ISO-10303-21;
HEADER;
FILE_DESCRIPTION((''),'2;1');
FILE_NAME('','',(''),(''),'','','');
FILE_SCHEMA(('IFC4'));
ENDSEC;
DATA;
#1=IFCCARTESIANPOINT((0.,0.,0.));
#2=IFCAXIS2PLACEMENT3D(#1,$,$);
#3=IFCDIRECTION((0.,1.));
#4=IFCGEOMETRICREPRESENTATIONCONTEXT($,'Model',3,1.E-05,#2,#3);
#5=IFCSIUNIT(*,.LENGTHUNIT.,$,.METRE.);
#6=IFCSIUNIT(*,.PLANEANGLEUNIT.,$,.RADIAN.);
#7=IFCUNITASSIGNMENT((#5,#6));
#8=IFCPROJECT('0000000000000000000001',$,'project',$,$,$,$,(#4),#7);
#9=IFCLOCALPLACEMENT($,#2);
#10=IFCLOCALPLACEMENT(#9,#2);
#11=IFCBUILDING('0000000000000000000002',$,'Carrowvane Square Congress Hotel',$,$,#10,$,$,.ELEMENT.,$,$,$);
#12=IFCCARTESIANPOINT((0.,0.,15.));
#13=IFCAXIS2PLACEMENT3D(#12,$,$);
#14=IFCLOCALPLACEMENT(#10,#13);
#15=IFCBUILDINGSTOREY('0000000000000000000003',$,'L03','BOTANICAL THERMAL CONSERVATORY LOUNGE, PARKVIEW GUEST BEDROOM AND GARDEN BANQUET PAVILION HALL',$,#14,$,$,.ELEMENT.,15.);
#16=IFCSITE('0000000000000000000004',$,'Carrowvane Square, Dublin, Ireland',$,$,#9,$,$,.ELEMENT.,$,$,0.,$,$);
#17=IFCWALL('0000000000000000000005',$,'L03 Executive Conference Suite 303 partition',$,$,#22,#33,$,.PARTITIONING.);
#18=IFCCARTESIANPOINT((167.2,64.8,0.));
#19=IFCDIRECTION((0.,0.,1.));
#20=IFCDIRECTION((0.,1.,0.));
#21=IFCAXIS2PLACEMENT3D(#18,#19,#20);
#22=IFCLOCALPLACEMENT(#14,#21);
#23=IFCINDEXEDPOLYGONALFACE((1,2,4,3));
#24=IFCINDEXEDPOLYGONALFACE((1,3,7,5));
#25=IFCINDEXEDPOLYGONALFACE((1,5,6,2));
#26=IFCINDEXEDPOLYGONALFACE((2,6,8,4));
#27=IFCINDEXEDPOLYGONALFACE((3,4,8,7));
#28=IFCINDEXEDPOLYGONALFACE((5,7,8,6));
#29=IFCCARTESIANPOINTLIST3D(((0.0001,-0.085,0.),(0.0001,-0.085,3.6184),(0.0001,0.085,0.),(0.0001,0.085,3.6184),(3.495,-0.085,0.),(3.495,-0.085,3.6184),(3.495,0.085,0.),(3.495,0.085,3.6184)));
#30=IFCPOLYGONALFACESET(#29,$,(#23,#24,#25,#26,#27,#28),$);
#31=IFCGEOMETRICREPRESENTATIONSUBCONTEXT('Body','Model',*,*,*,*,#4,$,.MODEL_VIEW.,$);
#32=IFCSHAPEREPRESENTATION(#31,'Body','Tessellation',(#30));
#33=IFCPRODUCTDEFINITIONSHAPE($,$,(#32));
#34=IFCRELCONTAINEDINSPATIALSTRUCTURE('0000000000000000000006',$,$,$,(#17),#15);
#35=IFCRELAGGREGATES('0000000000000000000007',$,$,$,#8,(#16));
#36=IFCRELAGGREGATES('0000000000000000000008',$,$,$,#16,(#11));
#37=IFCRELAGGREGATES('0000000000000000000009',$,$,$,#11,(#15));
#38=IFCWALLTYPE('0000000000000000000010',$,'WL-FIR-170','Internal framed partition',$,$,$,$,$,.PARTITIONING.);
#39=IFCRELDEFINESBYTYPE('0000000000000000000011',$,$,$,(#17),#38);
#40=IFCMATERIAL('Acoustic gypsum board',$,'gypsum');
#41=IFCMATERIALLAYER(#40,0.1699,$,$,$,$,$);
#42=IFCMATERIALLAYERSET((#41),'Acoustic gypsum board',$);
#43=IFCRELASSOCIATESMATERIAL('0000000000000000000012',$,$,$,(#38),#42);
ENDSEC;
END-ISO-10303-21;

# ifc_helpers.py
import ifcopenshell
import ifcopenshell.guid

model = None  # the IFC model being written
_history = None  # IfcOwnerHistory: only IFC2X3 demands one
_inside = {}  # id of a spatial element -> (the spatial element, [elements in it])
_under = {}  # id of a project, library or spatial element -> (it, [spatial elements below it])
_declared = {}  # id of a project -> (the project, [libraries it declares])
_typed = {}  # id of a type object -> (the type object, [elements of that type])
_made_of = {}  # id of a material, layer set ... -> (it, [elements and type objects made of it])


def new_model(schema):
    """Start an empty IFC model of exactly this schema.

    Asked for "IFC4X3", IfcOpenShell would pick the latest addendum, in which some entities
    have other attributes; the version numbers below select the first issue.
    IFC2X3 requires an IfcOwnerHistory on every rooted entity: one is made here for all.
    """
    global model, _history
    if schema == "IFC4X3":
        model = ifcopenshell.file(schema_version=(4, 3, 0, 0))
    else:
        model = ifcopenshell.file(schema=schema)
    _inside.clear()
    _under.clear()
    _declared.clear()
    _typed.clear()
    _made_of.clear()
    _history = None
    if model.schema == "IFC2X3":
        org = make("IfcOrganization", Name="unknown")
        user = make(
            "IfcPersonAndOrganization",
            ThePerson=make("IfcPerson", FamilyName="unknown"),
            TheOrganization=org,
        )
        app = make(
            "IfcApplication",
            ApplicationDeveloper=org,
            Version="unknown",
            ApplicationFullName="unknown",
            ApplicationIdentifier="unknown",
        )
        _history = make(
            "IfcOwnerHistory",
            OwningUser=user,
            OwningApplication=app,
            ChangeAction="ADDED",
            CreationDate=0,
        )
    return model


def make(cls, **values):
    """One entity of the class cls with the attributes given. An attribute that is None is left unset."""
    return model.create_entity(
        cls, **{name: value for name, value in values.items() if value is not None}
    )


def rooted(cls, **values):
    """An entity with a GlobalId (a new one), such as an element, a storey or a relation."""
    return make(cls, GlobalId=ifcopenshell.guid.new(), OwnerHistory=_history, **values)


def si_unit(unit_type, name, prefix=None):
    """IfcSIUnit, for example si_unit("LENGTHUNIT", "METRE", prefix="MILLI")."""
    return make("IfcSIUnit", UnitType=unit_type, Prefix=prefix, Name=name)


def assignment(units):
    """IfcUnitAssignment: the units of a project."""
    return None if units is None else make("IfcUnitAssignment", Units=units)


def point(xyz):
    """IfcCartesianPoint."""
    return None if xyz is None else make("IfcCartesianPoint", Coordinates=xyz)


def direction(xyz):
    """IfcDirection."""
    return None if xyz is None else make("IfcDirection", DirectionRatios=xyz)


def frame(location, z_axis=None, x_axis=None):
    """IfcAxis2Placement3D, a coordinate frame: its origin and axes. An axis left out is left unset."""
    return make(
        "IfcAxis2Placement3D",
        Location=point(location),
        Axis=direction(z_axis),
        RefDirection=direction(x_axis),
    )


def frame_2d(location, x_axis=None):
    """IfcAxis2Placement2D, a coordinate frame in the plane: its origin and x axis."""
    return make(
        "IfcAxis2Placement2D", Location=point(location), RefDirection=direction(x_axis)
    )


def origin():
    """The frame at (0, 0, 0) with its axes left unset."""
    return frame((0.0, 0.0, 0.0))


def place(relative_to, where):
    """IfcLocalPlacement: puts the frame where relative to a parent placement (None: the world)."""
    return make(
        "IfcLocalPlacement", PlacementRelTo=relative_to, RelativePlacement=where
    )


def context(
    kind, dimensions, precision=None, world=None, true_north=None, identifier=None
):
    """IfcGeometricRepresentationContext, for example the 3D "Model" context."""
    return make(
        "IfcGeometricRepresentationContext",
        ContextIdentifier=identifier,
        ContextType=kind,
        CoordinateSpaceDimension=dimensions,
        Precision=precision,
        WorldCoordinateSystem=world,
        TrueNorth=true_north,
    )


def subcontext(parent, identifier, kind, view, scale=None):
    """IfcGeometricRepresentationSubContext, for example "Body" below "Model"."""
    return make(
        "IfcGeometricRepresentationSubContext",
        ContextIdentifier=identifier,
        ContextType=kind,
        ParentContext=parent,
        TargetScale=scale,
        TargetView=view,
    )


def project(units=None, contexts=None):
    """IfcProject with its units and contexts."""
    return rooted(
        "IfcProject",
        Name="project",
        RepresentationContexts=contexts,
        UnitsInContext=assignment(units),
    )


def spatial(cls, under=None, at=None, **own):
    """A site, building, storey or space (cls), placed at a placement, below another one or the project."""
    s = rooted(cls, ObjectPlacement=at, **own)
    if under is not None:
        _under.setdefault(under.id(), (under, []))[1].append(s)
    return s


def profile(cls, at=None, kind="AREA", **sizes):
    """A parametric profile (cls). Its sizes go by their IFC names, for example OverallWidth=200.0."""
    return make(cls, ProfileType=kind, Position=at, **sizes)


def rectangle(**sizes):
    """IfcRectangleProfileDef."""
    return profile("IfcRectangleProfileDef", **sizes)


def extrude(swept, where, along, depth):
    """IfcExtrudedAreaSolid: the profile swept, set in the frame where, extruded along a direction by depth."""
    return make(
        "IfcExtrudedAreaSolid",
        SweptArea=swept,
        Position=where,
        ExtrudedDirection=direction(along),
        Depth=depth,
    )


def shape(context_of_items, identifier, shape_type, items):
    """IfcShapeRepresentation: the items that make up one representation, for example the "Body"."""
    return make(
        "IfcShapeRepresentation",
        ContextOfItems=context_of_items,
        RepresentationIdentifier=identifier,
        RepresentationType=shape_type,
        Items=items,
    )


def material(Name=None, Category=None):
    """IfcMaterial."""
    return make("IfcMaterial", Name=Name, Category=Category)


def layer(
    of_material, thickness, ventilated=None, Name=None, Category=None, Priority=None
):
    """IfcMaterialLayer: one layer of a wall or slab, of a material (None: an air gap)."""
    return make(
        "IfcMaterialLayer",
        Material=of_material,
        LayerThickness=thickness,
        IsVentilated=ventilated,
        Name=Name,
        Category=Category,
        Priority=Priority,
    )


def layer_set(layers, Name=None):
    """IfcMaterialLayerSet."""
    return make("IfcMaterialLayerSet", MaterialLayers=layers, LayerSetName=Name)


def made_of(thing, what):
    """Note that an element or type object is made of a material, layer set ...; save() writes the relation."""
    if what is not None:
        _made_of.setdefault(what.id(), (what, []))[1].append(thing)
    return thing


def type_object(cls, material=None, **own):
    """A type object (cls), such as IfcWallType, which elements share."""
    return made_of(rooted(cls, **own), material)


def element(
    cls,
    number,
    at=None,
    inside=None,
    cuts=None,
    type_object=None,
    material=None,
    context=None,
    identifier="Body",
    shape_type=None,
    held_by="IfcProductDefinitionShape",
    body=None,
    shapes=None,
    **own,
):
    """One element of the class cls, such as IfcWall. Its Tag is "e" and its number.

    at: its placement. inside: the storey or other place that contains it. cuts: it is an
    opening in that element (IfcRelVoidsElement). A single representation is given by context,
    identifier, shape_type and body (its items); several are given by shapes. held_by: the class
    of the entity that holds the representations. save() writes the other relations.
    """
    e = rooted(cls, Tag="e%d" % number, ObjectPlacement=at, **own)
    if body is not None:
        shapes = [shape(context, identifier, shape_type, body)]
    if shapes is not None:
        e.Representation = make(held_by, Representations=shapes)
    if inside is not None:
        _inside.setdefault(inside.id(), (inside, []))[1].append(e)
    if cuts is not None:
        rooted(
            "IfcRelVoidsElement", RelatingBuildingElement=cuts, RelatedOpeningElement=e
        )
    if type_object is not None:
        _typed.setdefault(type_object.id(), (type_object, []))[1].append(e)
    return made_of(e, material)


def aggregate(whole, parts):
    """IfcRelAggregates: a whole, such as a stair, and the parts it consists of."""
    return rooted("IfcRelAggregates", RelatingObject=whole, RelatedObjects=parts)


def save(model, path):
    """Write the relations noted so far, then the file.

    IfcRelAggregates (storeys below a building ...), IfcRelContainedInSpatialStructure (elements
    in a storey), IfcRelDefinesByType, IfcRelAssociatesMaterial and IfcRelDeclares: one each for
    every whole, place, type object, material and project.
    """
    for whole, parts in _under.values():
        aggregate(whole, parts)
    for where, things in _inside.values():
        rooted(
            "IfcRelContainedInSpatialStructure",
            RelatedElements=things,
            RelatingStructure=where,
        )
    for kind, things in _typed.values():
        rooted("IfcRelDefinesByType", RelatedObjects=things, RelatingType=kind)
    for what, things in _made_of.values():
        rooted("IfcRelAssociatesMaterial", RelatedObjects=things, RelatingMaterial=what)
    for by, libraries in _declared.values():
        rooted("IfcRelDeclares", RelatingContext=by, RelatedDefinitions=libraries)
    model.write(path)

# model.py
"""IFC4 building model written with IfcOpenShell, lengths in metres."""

from ifc_helpers import new_model, si_unit, direction, frame, frame_2d, origin, place, context, subcontext, project, spatial, rectangle, extrude, material, layer, layer_set, type_object, element, save


model = new_model("IFC4")

# Units and contexts
model_context = context("Model", 3, precision=1e-05, world=origin(), true_north=direction((0.0, 1.0)))
body_context = subcontext(model_context, "Body", "Model", "MODEL_VIEW")
ifc_project = project(units=[si_unit("LENGTHUNIT", "METRE"), si_unit("PLANEANGLEUNIT", "RADIAN")], contexts=[model_context])

# Site, building, storey
site_placement = place(None, origin())
site = spatial("IfcSite", under=ifc_project, at=site_placement, Name="Carrowvane Square, Dublin, Ireland", CompositionType="ELEMENT", RefElevation=0.0)
building_placement = place(site_placement, origin())
building = spatial("IfcBuilding", under=site, at=building_placement, Name="Carrowvane Square Congress Hotel", CompositionType="ELEMENT")
storey_placement = place(building_placement, frame((0.0, 0.0, 15.0)))
storey = spatial("IfcBuildingStorey", under=building, at=storey_placement, Name="L03", Description="BOTANICAL THERMAL CONSERVATORY LOUNGE, PARKVIEW GUEST BEDROOM AND GARDEN BANQUET PAVILION HALL", CompositionType="ELEMENT", Elevation=15.0)

# Wall
ifc_material_1 = material(Name="Acoustic gypsum board", Category="gypsum")
ifc_layer_1 = layer(ifc_material_1, 0.1699)
ifc_layer_set_1 = layer_set([ifc_layer_1], Name="Acoustic gypsum board")
wall_type_1 = type_object("IfcWallType", Name="WL-FIR-170", Description="Internal framed partition", PredefinedType="PARTITIONING", material=ifc_layer_set_1)
wall_1_placement = place(storey_placement, frame((167.2, 64.8, 0.0), z_axis=(0.0, 0.0, 1.0), x_axis=(0.0, 1.0, 0.0)))
element("IfcWall", 1, at=wall_1_placement, inside=storey, type_object=wall_type_1, Name="L03 Executive Conference Suite 303 partition", PredefinedType="PARTITIONING", context=body_context, shape_type="SweptSolid", body=[
    extrude(rectangle(XDim=3.4949, YDim=0.1699, at=frame_2d((1.7476, 0.0))), origin(), (0.0, 0.0, 1.0), 3.6184),
])

save(model, "model.ifc")
